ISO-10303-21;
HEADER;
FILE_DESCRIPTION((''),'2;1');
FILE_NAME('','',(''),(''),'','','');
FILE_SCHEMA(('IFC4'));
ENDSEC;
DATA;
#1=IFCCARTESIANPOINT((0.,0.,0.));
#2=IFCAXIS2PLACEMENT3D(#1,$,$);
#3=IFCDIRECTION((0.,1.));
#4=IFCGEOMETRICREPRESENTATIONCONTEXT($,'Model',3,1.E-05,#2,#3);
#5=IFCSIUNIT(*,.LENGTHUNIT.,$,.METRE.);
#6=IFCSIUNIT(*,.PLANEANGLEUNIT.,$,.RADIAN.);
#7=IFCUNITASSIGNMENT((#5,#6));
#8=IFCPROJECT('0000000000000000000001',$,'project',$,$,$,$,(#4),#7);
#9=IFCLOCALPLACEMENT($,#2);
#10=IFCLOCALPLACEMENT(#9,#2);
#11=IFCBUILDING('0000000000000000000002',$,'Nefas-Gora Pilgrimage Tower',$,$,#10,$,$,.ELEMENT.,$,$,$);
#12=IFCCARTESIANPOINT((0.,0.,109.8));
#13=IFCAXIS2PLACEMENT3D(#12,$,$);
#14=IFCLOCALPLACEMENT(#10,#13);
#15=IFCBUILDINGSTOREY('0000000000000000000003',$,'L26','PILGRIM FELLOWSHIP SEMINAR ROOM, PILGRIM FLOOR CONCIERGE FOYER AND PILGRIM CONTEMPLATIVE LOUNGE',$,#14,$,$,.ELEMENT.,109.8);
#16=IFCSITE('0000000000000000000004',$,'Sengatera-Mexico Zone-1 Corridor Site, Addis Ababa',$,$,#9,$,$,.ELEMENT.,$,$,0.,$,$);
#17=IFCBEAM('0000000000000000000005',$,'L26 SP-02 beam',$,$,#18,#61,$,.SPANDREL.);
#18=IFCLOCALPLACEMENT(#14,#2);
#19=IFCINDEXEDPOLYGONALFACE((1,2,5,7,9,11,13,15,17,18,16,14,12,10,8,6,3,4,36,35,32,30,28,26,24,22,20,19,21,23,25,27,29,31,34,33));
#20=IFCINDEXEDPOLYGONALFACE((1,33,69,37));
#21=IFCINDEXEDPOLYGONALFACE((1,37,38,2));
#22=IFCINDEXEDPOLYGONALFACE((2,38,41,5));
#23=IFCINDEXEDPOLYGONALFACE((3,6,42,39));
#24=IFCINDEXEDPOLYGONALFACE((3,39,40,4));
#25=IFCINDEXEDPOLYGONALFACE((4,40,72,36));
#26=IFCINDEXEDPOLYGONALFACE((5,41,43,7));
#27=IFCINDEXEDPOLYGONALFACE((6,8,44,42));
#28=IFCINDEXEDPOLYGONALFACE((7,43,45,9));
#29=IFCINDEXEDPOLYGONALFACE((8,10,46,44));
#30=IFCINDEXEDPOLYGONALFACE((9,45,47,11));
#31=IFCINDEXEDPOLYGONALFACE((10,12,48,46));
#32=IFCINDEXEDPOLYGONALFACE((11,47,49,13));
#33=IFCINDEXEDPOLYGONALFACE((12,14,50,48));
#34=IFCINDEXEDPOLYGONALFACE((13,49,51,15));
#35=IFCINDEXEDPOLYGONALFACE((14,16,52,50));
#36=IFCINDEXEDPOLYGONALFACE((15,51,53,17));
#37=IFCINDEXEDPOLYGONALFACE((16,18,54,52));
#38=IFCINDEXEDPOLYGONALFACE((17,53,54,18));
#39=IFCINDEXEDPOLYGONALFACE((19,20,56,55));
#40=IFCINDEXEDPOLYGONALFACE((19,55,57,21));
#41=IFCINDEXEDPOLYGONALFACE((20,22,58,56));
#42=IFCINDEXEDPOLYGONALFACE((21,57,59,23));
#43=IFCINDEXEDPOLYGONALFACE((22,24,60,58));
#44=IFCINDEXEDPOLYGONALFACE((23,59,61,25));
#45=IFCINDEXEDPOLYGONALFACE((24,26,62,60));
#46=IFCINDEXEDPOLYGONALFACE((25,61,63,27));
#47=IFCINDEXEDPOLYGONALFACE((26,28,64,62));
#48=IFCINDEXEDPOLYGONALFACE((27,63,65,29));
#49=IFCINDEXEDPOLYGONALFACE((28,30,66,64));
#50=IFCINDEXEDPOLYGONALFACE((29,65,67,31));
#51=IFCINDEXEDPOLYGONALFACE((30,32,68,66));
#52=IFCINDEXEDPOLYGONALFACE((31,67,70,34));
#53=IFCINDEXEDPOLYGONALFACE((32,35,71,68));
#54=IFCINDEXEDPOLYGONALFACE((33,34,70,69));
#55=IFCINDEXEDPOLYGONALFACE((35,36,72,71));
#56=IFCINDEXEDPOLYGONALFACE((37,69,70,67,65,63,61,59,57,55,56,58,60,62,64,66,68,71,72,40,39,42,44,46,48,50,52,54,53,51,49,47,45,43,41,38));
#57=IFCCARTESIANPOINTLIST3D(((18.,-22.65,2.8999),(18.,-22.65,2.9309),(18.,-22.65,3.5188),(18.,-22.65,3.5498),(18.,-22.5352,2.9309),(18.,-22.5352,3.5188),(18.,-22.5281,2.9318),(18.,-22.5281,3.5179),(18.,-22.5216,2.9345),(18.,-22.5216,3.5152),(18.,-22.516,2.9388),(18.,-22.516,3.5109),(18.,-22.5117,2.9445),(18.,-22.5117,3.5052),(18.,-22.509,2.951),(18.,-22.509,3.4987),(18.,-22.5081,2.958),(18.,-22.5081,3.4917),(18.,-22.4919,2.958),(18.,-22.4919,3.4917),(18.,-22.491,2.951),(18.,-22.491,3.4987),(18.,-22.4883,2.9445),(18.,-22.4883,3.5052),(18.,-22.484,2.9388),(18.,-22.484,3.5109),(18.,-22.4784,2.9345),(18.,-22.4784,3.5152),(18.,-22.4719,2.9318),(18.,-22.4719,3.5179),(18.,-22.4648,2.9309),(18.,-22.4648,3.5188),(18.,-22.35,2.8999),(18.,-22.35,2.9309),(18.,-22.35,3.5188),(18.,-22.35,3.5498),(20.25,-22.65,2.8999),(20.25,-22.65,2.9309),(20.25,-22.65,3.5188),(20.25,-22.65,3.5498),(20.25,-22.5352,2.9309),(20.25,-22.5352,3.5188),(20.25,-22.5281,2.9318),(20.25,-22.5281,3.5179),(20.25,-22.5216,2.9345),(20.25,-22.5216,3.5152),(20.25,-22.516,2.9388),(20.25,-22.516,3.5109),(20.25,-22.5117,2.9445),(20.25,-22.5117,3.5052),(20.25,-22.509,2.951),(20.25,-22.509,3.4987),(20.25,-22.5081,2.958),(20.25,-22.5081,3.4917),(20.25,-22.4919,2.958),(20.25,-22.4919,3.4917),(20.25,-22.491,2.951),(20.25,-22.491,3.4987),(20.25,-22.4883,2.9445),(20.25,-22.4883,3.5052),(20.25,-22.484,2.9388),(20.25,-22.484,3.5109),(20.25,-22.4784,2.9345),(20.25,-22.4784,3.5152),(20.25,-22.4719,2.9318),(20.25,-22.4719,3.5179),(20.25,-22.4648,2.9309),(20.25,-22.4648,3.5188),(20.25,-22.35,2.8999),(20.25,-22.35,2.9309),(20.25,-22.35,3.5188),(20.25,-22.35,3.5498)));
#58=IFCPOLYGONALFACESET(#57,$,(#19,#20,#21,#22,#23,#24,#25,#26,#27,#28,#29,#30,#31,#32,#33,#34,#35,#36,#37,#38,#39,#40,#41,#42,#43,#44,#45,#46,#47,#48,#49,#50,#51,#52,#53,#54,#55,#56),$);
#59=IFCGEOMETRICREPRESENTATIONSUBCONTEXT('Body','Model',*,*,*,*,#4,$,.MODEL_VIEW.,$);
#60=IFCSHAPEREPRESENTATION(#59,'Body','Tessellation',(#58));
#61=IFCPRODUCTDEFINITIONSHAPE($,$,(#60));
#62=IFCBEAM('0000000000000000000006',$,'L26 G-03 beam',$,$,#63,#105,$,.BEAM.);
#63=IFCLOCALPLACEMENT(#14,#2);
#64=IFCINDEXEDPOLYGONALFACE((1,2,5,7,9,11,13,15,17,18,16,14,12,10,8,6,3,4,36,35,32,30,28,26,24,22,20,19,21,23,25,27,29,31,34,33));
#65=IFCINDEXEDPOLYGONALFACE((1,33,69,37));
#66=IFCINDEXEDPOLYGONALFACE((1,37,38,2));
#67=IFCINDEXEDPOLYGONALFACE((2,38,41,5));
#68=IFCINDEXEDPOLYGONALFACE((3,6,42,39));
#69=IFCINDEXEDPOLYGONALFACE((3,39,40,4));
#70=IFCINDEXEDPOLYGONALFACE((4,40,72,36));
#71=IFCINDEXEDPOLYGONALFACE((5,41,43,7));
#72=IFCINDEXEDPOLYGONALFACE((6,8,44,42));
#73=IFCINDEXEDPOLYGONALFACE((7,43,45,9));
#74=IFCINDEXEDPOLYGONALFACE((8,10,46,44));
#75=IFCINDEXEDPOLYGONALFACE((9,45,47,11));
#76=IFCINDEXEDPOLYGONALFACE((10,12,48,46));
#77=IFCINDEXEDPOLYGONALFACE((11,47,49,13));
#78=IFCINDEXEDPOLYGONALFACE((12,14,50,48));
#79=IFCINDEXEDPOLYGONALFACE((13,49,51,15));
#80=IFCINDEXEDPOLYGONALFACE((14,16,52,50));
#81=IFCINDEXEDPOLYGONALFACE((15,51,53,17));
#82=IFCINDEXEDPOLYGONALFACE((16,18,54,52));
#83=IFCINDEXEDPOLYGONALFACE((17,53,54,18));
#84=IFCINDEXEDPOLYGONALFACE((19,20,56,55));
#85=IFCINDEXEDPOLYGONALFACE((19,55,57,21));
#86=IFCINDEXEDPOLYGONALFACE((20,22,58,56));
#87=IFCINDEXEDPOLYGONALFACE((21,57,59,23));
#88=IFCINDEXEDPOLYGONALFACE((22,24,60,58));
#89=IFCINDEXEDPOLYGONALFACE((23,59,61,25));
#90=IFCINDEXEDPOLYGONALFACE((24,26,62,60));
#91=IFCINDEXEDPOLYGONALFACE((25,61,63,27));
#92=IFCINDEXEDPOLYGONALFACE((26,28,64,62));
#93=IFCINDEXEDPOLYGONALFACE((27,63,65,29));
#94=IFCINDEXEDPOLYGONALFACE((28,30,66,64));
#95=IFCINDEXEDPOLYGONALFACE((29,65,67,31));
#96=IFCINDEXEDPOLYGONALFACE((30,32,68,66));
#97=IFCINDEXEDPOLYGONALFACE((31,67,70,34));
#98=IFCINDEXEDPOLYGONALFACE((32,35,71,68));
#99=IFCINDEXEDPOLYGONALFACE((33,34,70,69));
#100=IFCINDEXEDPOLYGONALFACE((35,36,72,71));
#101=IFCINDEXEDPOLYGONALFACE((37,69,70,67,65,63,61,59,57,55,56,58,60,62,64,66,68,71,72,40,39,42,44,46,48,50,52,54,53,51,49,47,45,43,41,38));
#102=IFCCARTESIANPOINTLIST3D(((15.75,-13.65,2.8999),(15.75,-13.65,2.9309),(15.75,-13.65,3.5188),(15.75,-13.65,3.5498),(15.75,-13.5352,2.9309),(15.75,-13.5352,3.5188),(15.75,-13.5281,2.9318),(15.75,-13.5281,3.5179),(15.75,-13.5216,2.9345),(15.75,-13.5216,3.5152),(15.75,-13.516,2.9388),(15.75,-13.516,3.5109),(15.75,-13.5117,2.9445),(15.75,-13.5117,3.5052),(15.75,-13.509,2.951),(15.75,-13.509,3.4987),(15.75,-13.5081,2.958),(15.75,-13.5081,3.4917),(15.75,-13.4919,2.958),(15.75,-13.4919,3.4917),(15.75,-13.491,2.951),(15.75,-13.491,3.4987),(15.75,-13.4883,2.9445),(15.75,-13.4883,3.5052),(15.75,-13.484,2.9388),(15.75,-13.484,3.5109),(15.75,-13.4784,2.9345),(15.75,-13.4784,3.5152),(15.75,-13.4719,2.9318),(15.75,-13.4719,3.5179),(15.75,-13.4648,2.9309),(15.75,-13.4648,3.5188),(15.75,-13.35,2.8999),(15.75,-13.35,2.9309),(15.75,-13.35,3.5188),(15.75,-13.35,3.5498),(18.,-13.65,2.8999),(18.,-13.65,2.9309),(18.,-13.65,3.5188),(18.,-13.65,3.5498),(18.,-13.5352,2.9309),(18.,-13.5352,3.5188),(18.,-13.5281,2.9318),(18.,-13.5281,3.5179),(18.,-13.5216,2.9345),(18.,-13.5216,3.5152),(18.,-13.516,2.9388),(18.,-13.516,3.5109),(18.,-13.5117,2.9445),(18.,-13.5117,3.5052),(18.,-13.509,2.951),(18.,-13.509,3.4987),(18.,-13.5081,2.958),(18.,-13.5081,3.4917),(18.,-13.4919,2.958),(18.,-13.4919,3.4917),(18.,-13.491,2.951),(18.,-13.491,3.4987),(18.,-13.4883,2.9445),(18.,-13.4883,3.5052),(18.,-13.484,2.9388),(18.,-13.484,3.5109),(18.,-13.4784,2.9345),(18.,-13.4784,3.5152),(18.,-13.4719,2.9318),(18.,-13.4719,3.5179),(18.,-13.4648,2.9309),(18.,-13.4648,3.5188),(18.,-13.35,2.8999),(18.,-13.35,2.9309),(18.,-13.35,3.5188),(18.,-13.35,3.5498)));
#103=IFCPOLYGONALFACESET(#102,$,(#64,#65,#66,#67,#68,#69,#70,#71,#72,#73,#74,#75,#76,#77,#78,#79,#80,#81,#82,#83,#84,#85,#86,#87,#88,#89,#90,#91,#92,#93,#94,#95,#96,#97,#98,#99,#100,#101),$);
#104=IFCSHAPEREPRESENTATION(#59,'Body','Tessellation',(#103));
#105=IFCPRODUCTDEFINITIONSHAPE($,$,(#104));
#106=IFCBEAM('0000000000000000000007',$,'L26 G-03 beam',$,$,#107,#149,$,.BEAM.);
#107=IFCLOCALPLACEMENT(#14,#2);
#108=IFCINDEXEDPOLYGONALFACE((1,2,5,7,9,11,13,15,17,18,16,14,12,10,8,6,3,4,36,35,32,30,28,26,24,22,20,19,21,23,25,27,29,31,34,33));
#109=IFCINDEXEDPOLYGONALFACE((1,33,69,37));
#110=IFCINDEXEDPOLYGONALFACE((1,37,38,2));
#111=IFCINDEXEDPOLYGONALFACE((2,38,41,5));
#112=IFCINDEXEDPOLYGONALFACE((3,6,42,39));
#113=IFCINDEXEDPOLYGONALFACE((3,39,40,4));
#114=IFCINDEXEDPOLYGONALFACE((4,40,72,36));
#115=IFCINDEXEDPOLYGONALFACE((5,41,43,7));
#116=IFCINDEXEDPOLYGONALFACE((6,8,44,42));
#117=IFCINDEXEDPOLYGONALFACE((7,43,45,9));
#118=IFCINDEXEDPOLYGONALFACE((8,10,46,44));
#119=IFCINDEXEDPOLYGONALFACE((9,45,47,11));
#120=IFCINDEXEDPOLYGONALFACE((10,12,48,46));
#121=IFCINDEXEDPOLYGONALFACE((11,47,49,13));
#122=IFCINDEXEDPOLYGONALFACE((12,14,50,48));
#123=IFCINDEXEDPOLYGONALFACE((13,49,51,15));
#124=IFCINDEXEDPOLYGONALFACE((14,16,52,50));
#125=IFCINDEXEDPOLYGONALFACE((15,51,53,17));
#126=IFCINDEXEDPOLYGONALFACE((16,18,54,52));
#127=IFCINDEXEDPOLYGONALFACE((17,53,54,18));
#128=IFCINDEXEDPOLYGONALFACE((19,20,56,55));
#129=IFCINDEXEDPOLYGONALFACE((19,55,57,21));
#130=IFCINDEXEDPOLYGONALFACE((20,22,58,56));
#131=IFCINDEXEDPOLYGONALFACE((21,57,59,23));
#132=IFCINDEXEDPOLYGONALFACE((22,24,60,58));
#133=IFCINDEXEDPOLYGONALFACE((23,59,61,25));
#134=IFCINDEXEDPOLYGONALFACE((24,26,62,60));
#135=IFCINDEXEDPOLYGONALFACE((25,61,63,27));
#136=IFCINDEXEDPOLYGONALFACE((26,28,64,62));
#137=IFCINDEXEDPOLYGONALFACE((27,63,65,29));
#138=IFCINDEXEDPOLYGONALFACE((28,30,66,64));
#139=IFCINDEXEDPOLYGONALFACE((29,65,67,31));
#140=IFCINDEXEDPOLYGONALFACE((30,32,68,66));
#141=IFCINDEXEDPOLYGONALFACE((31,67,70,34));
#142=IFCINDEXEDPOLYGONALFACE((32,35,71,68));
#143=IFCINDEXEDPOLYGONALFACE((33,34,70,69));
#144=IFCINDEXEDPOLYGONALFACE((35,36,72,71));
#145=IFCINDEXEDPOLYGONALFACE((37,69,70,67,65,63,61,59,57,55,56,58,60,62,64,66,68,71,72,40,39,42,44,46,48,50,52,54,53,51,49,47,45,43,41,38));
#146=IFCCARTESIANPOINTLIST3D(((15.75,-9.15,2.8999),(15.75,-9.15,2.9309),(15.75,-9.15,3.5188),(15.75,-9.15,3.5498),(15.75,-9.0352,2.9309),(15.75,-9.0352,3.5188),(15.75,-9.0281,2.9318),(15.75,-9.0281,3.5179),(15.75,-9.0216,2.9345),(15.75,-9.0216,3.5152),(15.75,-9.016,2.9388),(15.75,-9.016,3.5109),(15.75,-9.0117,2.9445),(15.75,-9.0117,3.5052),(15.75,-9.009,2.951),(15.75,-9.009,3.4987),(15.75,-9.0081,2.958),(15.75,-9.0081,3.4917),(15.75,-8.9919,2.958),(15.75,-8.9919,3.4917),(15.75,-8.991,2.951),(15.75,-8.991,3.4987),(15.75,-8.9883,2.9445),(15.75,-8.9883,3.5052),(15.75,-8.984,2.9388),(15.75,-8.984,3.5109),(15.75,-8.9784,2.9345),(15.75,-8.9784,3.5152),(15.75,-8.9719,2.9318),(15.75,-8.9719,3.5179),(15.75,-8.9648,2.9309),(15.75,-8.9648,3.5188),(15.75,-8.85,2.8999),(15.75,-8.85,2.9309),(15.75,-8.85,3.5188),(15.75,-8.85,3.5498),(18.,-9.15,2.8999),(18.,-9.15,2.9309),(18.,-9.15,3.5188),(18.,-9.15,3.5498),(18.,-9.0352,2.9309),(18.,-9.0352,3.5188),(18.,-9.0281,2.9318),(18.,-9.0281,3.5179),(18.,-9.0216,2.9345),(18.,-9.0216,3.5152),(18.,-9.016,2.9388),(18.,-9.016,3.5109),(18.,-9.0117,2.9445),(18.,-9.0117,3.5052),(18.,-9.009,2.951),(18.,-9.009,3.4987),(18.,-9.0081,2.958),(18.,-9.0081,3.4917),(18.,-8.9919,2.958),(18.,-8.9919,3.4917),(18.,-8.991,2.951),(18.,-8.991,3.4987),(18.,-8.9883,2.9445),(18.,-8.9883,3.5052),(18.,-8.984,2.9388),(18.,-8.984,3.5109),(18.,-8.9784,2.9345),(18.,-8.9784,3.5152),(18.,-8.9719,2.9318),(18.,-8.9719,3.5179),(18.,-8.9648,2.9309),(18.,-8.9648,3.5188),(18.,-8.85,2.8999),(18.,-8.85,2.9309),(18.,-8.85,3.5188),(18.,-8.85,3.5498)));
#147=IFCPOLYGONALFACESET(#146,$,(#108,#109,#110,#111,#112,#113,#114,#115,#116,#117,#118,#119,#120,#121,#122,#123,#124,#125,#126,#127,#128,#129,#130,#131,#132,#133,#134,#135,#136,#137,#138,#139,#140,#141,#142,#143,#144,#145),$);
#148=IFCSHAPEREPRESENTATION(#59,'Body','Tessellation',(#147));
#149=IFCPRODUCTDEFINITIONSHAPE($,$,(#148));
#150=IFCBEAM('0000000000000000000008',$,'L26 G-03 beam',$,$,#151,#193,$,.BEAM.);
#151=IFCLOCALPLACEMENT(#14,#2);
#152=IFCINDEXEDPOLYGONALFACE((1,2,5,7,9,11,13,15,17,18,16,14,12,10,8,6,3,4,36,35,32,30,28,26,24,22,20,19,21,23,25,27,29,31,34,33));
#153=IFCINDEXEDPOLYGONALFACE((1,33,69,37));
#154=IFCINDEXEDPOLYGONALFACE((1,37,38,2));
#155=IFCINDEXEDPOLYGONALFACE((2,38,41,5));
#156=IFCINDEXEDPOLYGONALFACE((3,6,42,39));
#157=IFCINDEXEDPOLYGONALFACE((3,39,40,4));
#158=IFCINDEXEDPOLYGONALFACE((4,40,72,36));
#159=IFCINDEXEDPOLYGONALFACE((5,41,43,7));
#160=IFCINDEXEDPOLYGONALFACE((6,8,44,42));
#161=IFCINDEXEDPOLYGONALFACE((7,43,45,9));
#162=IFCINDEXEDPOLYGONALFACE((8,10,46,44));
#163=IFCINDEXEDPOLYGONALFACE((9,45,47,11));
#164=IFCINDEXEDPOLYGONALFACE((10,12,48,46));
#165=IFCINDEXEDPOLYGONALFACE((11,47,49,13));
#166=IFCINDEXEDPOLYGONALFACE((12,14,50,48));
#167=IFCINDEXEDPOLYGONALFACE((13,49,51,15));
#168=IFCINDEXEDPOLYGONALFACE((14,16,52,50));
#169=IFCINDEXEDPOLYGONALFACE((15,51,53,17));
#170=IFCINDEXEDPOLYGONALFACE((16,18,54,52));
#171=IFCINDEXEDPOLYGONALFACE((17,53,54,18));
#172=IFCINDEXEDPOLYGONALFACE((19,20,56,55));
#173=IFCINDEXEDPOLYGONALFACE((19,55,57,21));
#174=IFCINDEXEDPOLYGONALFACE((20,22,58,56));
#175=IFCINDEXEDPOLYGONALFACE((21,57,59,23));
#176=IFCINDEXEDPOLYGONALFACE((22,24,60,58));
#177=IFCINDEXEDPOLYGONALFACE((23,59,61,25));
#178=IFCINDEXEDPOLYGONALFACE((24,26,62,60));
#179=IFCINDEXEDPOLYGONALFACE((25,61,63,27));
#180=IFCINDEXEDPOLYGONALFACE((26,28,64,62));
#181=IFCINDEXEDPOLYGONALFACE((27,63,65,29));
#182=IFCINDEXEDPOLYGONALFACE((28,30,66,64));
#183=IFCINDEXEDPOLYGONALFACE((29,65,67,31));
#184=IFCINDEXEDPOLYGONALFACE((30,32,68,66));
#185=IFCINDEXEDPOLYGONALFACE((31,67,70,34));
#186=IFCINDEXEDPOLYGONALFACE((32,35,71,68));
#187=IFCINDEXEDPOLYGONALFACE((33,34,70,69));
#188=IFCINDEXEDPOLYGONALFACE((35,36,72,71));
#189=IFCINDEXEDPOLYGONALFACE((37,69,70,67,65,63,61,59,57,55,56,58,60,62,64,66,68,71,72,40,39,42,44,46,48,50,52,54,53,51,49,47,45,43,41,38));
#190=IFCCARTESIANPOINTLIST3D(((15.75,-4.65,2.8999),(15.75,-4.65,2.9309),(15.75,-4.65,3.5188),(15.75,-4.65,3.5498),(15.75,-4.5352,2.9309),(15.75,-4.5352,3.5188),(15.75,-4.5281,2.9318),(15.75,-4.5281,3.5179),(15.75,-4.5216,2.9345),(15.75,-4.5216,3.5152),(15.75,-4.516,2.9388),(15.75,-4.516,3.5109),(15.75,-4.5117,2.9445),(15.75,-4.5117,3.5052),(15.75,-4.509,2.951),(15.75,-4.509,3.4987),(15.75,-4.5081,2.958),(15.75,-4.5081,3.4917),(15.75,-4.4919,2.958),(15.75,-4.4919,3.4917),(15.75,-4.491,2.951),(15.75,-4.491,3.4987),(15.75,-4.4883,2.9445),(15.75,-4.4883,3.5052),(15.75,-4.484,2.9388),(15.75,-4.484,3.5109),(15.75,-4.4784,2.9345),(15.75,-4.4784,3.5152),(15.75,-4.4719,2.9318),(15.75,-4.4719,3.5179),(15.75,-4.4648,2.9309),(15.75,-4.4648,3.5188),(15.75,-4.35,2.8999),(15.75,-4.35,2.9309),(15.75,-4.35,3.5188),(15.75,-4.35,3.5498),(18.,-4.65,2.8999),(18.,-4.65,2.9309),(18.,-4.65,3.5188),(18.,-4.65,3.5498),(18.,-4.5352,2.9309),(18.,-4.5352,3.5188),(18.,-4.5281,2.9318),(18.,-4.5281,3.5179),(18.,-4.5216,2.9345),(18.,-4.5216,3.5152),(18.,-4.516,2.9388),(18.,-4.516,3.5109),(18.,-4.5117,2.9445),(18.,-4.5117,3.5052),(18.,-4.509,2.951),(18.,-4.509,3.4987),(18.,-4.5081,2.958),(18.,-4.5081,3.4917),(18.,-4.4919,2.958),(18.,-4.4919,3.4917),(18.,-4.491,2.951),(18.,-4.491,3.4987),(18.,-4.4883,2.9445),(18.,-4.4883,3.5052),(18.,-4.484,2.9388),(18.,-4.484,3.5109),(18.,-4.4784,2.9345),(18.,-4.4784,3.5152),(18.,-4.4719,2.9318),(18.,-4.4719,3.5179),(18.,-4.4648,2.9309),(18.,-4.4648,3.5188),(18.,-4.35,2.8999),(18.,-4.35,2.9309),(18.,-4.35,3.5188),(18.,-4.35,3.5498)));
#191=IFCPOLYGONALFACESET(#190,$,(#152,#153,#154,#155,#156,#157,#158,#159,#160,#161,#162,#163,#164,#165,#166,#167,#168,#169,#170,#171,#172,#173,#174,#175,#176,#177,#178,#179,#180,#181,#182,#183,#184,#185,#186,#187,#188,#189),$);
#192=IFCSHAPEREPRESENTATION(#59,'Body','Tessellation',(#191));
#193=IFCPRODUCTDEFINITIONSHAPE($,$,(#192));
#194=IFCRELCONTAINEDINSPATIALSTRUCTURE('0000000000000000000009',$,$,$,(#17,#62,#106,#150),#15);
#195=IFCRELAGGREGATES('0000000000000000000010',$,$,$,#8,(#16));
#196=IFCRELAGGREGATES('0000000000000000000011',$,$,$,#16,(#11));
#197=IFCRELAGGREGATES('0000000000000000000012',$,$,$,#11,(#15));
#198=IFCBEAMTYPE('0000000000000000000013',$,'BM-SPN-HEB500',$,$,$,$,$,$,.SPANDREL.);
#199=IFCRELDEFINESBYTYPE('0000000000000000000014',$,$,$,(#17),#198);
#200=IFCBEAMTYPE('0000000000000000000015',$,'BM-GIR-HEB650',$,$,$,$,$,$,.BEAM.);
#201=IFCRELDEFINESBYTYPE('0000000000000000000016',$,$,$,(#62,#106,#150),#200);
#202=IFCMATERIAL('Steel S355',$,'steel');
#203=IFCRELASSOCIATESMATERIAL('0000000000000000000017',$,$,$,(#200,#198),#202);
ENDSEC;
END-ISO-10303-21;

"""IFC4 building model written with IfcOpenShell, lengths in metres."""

from ifc_helpers import new_model, si_unit, direction, frame, origin, origin_2d, place, context, subcontext, project, spatial, i_section, extrude, source, transform, mapped, material, material_profile, profile_set, type_object, element, save


model = new_model("IFC4")

# Units and contexts
model_context = context("Model", 3, precision=1e-05, world=origin(), true_north=direction((0.0, 1.0)))
body_context = subcontext(model_context, "Body", "Model", "MODEL_VIEW")
ifc_project = project(units=[si_unit("LENGTHUNIT", "METRE"), si_unit("PLANEANGLEUNIT", "RADIAN")], contexts=[model_context])

# Site, building, storey
site_placement = place(None, origin())
site = spatial("IfcSite", under=ifc_project, at=site_placement, Name="Sengatera-Mexico Zone-1 Corridor Site, Addis Ababa", CompositionType="ELEMENT", RefElevation=0.0)
building_placement = place(site_placement, origin())
building = spatial("IfcBuilding", under=site, at=building_placement, Name="Nefas-Gora Pilgrimage Tower", CompositionType="ELEMENT")
storey_placement = place(building_placement, frame((0.0, 0.0, 109.8)))
storey = spatial("IfcBuildingStorey", under=building, at=storey_placement, Name="L26", Description="PILGRIM FELLOWSHIP SEMINAR ROOM, PILGRIM FLOOR CONCIERGE FOYER AND PILGRIM CONTEMPLATIVE LOUNGE", CompositionType="ELEMENT", Elevation=109.8)

# Beams
ifc_material_1 = material(Name="Steel S355", Category="steel")
ifc_material_profile_1 = material_profile(ifc_material_1, i_section(OverallWidth=0.3, OverallDepth=0.6499, WebThickness=0.0161, FlangeThickness=0.031, FilletRadius=0.0271, at=origin_2d()), Name="HEB 650")
ifc_profile_set_1 = profile_set([ifc_material_profile_1], Name="Steel S355")
beam_type_1 = type_object("IfcBeamType", Name="BM-GIR-HEB650", PredefinedType="BEAM", material=ifc_profile_set_1)
ifc_material_profile_2 = material_profile(ifc_material_1, i_section(OverallWidth=0.3, OverallDepth=0.6499, WebThickness=0.0161, FlangeThickness=0.031, FilletRadius=0.0271, at=origin_2d()), Name="HEB 650")
ifc_profile_set_2 = profile_set([ifc_material_profile_2], Name="Steel S355")
beam_type_2 = type_object("IfcBeamType", Name="BM-SPN-HEB500", PredefinedType="SPANDREL", material=ifc_profile_set_2)
shared_shape_1 = source(origin(), body_context, "Body", "SweptSolid", [
    extrude(i_section(OverallWidth=0.3, OverallDepth=0.6499, WebThickness=0.0161, FlangeThickness=0.031, FilletRadius=0.0271, at=origin_2d()), origin(), (0.0, 0.0, 1.0), 2.25),
])
for number, where, z_axis, x_axis, name in (
    (1, (18.0, -22.5, 3.2249), (1.0, 0.0, 0.0), (0.0, 1.0, 0.0), "L26 SP-02 beam"),
):
    element("IfcBeam", number, at=place(storey_placement, frame(where, z_axis=z_axis, x_axis=x_axis)), inside=storey, type_object=beam_type_2, Name=name, PredefinedType="SPANDREL", context=body_context, shape_type="MappedRepresentation", body=[
        mapped(shared_shape_1, transform((0.0, 0.0, 0.0), x_axis=(1.0, 0.0, 0.0), y_axis=(0.0, 1.0, 0.0), z_axis=(0.0, 0.0, 1.0), scale=1.0)),
    ])
shared_shape_2 = source(origin(), body_context, "Body", "SweptSolid", [
    extrude(i_section(OverallWidth=0.3, OverallDepth=0.6499, WebThickness=0.0161, FlangeThickness=0.031, FilletRadius=0.0271, at=origin_2d()), origin(), (0.0, 0.0, 1.0), 2.25),
])
for number, where, z_axis, x_axis, name in (
    (2, (15.75, -13.5, 3.2249), (1.0, 0.0, 0.0), (0.0, 1.0, 0.0), "L26 G-03 beam"),
    (3, (15.75, -9.0, 3.2249), (1.0, 0.0, 0.0), (0.0, 1.0, 0.0), "L26 G-03 beam"),
    (4, (15.75, -4.5, 3.2249), (1.0, 0.0, 0.0), (0.0, 1.0, 0.0), "L26 G-03 beam"),
):
    element("IfcBeam", number, at=place(storey_placement, frame(where, z_axis=z_axis, x_axis=x_axis)), inside=storey, type_object=beam_type_1, Name=name, PredefinedType="BEAM", context=body_context, shape_type="MappedRepresentation", body=[
        mapped(shared_shape_2, transform((0.0, 0.0, 0.0), x_axis=(1.0, 0.0, 0.0), y_axis=(0.0, 1.0, 0.0), z_axis=(0.0, 0.0, 1.0), scale=1.0)),
    ])

save(model, "model.ifc")
